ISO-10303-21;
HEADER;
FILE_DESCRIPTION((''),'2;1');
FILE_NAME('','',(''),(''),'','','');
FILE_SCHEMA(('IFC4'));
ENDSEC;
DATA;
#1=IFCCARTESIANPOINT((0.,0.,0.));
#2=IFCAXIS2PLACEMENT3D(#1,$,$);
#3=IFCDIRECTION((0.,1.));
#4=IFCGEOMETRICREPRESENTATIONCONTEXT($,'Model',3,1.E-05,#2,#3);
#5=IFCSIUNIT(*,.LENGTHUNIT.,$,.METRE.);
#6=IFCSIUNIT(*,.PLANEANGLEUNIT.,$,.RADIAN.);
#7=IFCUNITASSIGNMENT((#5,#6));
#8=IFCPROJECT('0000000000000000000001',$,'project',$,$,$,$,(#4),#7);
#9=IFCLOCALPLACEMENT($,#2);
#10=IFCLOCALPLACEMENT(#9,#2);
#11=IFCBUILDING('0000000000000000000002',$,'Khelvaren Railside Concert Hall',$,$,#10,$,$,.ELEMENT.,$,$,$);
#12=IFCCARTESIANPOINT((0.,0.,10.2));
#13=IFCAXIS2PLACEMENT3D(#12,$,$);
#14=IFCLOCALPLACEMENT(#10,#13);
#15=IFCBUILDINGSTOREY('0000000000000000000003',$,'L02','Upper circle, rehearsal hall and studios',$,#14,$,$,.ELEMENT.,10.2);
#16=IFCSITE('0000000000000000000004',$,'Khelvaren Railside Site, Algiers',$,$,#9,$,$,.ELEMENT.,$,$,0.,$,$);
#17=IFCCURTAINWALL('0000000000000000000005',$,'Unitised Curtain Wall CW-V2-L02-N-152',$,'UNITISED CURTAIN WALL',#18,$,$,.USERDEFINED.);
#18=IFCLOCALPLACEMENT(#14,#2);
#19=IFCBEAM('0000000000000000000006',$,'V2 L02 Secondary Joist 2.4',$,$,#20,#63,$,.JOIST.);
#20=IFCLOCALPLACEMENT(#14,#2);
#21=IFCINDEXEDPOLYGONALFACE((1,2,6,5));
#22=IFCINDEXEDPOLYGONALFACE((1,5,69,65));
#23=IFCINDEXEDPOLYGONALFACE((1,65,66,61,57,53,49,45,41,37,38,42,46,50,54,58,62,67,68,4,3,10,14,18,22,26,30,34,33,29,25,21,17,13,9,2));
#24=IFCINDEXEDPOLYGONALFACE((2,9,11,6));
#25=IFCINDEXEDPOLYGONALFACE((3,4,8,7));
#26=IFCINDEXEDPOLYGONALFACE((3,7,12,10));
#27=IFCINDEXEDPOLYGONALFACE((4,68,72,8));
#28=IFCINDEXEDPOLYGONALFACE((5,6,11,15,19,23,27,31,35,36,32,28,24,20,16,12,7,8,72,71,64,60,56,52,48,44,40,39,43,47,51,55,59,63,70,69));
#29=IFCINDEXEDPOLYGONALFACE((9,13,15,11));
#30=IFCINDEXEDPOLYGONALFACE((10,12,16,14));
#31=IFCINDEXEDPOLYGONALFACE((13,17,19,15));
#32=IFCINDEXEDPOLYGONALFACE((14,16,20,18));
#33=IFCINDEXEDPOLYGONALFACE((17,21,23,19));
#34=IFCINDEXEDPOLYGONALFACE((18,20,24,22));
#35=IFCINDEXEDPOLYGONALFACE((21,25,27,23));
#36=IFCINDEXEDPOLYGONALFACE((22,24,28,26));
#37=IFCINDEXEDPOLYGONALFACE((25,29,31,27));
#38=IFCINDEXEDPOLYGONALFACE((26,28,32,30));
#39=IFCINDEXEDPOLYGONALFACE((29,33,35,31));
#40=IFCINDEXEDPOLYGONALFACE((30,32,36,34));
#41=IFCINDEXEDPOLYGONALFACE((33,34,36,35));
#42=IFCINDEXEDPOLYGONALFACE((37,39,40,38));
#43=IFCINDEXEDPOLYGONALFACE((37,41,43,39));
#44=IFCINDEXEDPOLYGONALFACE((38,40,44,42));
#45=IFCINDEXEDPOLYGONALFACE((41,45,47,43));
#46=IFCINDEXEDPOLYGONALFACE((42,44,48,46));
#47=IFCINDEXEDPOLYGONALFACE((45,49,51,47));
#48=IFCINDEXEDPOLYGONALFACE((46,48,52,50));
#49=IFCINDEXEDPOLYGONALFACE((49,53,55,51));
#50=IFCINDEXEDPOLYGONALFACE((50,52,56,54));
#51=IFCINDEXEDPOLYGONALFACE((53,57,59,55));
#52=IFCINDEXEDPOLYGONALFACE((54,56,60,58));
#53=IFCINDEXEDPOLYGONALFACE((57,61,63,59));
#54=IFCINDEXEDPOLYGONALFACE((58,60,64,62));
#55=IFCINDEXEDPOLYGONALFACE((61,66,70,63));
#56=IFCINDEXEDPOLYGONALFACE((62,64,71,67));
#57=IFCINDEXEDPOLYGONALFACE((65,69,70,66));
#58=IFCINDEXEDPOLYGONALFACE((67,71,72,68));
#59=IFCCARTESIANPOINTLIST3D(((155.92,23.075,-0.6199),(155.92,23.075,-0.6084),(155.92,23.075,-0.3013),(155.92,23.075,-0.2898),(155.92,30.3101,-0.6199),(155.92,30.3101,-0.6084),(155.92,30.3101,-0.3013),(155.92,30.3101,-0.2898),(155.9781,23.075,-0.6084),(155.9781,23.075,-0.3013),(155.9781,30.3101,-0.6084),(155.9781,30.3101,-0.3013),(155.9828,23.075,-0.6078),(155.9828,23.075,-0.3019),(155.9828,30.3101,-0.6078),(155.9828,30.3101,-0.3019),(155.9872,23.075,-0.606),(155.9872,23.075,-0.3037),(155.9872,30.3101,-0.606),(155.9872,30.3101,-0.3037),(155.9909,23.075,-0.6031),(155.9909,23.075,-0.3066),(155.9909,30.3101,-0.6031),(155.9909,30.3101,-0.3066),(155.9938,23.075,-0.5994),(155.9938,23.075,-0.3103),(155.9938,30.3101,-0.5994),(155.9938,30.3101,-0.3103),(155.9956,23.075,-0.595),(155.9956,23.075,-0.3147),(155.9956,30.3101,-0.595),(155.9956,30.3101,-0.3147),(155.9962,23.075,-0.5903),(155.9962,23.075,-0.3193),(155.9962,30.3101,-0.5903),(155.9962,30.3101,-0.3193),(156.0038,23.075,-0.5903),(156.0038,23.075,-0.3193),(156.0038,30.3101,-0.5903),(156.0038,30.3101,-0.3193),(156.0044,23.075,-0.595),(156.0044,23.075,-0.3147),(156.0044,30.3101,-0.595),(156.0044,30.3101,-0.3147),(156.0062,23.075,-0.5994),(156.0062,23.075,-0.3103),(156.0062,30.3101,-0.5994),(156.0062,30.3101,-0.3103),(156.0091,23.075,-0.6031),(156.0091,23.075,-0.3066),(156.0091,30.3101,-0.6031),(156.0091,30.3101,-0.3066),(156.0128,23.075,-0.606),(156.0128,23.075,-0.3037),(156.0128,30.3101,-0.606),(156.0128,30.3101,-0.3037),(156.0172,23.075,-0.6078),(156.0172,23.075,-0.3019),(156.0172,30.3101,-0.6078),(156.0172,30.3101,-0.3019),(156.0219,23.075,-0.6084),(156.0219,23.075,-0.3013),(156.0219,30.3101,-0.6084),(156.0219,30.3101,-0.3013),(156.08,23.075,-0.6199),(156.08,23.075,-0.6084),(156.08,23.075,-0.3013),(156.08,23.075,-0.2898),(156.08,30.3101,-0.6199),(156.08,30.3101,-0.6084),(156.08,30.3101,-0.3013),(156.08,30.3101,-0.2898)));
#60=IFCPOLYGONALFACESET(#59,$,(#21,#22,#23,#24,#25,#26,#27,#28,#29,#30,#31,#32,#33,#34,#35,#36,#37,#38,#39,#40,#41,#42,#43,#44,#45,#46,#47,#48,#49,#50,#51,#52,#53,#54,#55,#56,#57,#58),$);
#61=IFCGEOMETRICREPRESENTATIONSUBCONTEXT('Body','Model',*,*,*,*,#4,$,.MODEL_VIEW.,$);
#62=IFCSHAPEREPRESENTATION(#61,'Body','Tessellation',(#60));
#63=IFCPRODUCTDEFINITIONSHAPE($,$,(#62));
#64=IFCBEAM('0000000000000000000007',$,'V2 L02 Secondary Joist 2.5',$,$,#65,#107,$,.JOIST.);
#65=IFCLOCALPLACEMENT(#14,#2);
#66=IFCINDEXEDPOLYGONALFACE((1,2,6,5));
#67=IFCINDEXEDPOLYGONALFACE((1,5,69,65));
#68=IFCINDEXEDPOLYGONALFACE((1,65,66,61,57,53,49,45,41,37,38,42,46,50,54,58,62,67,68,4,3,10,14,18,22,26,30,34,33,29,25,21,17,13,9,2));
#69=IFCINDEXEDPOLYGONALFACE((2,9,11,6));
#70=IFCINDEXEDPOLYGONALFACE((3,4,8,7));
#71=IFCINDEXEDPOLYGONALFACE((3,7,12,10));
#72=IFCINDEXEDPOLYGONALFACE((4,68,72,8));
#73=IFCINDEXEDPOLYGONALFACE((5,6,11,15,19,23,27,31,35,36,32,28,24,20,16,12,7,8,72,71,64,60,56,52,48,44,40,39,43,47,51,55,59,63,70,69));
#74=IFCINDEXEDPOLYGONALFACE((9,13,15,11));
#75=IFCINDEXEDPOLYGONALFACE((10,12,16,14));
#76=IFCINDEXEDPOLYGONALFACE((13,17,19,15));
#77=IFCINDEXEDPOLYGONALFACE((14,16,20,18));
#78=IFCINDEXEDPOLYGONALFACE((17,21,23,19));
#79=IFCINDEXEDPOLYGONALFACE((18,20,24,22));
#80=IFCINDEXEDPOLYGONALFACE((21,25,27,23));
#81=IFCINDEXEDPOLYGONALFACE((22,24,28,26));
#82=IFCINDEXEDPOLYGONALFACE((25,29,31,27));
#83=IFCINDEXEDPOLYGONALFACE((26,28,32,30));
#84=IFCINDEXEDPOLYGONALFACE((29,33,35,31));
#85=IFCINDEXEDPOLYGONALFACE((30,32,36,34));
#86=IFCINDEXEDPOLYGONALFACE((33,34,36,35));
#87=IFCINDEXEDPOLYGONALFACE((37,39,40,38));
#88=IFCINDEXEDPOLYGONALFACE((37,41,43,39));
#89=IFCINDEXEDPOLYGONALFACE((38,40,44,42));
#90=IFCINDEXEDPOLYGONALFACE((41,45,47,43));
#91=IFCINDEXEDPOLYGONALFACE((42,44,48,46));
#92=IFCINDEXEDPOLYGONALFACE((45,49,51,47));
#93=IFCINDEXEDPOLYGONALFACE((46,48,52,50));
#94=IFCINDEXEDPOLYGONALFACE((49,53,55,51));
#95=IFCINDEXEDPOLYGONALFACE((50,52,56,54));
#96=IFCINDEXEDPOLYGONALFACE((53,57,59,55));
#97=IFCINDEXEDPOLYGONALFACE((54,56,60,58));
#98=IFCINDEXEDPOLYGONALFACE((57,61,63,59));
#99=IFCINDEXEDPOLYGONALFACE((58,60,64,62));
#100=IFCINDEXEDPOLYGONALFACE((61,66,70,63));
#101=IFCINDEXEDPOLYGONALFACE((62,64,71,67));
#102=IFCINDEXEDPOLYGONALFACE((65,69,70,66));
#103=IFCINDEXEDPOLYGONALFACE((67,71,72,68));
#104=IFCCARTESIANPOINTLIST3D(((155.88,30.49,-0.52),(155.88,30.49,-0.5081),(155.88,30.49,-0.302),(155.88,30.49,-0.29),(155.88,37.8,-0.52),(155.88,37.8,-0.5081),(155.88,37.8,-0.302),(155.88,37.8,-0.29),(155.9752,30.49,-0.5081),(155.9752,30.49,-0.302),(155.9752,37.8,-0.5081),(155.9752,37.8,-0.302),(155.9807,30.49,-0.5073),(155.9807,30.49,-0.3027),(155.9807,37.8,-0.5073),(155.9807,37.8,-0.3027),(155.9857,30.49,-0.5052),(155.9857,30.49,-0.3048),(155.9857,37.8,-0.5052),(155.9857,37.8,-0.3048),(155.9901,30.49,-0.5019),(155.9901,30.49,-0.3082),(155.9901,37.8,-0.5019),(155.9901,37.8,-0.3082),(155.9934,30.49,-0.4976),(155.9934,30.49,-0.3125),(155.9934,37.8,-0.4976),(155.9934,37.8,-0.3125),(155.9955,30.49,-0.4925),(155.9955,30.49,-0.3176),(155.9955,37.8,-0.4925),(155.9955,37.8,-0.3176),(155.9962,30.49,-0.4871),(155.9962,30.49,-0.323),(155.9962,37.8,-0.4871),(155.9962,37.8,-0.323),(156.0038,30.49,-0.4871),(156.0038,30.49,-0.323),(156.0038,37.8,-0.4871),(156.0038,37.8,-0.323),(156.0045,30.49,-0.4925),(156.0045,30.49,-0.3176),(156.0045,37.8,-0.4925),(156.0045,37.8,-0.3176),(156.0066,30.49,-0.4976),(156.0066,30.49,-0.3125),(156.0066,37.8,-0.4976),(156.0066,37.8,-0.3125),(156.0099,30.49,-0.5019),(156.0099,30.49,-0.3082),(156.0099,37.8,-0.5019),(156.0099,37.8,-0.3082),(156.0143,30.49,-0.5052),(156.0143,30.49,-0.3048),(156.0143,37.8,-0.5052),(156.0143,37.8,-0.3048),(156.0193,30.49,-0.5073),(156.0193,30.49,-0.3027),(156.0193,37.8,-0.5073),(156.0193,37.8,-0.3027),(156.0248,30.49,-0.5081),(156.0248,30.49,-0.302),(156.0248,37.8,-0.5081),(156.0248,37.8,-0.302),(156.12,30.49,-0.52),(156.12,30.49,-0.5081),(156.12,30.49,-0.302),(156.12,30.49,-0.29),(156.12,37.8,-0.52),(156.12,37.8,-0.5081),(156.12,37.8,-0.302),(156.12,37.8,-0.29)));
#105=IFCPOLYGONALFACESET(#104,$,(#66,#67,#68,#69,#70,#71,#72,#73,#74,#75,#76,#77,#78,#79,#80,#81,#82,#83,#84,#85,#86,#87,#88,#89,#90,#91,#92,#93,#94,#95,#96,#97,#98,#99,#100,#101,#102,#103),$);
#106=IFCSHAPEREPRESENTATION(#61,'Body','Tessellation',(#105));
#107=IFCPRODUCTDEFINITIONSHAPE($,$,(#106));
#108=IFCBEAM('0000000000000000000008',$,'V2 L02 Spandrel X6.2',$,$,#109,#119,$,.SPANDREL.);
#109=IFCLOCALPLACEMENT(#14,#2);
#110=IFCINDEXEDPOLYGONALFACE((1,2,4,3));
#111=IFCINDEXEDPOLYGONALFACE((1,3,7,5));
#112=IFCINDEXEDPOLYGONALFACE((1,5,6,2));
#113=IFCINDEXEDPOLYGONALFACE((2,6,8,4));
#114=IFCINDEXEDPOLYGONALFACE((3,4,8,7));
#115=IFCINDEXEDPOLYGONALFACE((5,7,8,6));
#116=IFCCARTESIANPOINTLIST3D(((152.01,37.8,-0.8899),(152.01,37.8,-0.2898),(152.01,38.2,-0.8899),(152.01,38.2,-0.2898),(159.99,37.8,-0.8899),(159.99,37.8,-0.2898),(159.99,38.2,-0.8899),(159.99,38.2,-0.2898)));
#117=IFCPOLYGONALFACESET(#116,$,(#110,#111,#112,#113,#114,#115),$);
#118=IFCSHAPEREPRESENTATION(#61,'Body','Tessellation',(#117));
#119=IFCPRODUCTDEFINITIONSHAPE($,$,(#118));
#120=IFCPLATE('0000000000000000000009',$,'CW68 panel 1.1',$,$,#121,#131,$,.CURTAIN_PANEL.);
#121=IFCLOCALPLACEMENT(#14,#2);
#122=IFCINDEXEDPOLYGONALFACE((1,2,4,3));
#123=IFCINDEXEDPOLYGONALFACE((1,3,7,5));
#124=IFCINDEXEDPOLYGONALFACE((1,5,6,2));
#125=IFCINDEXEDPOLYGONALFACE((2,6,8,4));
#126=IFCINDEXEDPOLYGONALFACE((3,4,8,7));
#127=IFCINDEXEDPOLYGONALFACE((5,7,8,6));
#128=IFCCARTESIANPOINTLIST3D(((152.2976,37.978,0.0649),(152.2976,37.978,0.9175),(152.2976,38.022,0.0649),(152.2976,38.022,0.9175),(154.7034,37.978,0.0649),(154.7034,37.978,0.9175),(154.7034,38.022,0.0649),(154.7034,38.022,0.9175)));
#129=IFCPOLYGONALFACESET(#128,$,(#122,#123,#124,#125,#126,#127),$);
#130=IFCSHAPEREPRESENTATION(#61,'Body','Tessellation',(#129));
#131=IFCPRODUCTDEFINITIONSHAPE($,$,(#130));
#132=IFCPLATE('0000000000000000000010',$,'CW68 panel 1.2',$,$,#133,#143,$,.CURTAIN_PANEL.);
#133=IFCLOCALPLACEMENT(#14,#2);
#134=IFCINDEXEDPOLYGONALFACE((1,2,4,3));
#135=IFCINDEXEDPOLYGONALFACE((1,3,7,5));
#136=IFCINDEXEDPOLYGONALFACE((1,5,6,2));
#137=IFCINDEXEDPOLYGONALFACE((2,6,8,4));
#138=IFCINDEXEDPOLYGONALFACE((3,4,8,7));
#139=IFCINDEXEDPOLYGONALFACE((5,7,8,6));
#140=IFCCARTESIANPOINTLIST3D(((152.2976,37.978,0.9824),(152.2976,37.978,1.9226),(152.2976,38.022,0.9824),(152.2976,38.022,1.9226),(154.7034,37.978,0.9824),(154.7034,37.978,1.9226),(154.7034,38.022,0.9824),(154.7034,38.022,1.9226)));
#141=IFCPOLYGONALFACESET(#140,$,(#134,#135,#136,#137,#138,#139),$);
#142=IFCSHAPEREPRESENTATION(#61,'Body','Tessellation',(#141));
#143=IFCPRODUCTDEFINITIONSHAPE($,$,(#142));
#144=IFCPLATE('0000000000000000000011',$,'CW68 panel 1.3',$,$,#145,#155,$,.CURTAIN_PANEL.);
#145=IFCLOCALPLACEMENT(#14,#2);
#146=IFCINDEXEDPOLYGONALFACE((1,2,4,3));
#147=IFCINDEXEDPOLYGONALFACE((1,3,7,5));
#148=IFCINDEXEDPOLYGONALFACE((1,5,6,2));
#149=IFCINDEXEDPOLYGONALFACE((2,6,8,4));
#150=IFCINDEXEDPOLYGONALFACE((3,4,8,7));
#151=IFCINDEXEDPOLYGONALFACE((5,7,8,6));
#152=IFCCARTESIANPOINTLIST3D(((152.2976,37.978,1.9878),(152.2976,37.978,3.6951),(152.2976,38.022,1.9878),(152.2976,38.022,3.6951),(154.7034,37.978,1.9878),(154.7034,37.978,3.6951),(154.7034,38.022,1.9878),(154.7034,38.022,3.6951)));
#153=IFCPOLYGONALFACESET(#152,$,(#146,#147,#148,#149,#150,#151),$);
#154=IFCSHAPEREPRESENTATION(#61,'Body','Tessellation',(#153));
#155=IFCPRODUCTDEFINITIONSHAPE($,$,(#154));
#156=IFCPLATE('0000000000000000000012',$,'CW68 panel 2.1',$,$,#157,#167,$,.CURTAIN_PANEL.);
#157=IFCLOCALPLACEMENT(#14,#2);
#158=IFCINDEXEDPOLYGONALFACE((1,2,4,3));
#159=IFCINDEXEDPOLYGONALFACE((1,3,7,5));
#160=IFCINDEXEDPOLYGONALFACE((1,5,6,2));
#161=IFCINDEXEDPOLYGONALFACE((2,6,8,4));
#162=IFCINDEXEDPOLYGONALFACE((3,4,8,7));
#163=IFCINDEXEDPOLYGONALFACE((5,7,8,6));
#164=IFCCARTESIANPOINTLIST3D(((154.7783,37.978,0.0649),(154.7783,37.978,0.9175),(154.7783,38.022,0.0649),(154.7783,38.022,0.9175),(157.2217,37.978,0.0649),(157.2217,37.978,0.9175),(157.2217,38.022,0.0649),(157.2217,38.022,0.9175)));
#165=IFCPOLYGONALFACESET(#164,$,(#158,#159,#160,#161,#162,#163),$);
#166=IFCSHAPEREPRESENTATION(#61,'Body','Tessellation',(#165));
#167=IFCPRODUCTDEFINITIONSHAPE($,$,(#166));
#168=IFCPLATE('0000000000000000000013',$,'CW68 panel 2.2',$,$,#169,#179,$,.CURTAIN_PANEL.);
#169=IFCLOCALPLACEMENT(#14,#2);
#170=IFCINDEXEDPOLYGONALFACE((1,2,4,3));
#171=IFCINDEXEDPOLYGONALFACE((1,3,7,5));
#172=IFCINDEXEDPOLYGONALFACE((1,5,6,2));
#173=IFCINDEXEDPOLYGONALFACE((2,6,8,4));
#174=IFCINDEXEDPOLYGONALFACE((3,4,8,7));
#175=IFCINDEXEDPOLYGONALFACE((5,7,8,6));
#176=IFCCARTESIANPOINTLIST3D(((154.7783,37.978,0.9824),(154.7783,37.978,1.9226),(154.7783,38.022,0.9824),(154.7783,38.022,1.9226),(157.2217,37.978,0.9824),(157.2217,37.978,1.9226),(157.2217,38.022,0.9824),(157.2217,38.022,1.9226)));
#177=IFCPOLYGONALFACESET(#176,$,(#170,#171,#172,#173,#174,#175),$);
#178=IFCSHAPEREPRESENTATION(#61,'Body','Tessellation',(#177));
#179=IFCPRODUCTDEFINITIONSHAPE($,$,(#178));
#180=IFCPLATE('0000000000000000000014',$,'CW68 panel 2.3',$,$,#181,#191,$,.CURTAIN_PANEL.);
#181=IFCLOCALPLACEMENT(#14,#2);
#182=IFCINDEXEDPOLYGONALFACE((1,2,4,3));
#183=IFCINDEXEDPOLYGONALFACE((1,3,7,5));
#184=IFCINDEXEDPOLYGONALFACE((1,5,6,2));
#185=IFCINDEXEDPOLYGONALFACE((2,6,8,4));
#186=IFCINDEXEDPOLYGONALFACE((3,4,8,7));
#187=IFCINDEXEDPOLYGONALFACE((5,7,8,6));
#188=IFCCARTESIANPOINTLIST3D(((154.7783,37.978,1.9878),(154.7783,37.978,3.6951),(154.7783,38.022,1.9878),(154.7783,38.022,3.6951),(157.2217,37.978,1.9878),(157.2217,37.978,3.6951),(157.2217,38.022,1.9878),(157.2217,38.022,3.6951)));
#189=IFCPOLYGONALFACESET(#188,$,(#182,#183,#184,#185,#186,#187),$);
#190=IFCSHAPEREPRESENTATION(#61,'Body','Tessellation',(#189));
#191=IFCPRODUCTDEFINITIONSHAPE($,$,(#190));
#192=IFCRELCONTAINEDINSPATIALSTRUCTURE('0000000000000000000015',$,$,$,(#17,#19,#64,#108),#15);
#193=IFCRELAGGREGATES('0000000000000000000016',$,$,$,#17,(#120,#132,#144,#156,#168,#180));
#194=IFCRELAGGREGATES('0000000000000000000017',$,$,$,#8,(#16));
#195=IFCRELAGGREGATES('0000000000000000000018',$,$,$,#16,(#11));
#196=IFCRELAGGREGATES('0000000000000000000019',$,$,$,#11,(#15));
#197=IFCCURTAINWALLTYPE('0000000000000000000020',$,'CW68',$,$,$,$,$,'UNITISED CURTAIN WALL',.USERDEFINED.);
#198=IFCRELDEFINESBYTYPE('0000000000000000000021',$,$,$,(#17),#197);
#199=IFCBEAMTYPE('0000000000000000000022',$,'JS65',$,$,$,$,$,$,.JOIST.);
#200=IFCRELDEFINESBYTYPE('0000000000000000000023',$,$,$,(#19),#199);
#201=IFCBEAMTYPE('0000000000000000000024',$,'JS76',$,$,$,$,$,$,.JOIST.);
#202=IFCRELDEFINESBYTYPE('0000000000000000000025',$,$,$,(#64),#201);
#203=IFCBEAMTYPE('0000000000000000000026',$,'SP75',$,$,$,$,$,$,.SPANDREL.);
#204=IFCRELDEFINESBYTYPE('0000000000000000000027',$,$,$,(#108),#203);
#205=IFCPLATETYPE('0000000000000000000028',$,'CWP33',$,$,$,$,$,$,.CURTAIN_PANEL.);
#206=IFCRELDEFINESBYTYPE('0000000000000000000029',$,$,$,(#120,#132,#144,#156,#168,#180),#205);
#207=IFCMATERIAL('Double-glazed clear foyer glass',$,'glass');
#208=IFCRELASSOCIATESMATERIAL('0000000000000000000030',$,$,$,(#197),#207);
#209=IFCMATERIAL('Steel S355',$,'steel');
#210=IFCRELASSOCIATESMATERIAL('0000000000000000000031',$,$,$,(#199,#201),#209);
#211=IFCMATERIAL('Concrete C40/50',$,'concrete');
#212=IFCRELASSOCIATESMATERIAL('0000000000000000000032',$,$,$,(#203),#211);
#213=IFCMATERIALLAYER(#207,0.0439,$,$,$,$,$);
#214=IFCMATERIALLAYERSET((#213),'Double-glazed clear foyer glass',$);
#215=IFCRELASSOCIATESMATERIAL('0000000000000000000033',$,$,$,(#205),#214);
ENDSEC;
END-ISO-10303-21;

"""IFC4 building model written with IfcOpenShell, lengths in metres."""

from ifc_helpers import new_model, si_unit, direction, frame, origin, origin_2d, place, context, subcontext, project, spatial, rectangle, i_section, extrude, material, layer, layer_set, material_profile, profile_set, type_object, element, aggregate, save


model = new_model("IFC4")

# Units and contexts
model_context = context("Model", 3, precision=1e-05, world=origin(), true_north=direction((0.0, 1.0)))
body_context = subcontext(model_context, "Body", "Model", "MODEL_VIEW")
ifc_project = project(units=[si_unit("LENGTHUNIT", "METRE"), si_unit("PLANEANGLEUNIT", "RADIAN")], contexts=[model_context])

# Site, building, storey
site_placement = place(None, origin())
site = spatial("IfcSite", under=ifc_project, at=site_placement, Name="Khelvaren Railside Site, Algiers", CompositionType="ELEMENT", RefElevation=0.0)
building_placement = place(site_placement, origin())
building = spatial("IfcBuilding", under=site, at=building_placement, Name="Khelvaren Railside Concert Hall", CompositionType="ELEMENT")
storey_placement = place(building_placement, frame((0.0, 0.0, 10.2)))
storey = spatial("IfcBuildingStorey", under=building, at=storey_placement, Name="L02", Description="Upper circle, rehearsal hall and studios", CompositionType="ELEMENT", Elevation=10.2)

# Shared definitions
ifc_material_1 = material(Name="Steel S355", Category="steel")

# Curtain wall
ifc_material_2 = material(Name="Double-glazed clear foyer glass", Category="glass")
curtain_wall_type = type_object("IfcCurtainWallType", Name="CW68", ElementType="UNITISED CURTAIN WALL", PredefinedType="USERDEFINED", material=ifc_material_2)
curtain_wall_placement = place(storey_placement, origin())
curtain_wall = element("IfcCurtainWall", 1, at=curtain_wall_placement, inside=storey, type_object=curtain_wall_type, Name="Unitised Curtain Wall CW-V2-L02-N-152", ObjectType="UNITISED CURTAIN WALL", PredefinedType="USERDEFINED")

# Beams
ifc_material_3 = material(Name="Concrete C40/50", Category="concrete")
ifc_material_profile_1 = material_profile(ifc_material_1, i_section(OverallWidth=0.1599, OverallDepth=0.3301, WebThickness=0.0076, FlangeThickness=0.0115, FilletRadius=0.0181, at=origin_2d()), Name="IPE 330")
ifc_profile_set_1 = profile_set([ifc_material_profile_1], Name="Steel S355")
beam_type_1 = type_object("IfcBeamType", Name="JS65", PredefinedType="JOIST", material=ifc_profile_set_1)
beam_1_placement = place(storey_placement, frame((156.0, 23.075, -0.4548), z_axis=(0.0, 1.0, 0.0), x_axis=(-1.0, 0.0, 0.0)))
element("IfcBeam", 2, at=beam_1_placement, inside=storey, type_object=beam_type_1, Name="V2 L02 Secondary Joist 2.4", PredefinedType="JOIST", context=body_context, shape_type="SweptSolid", body=[
    extrude(i_section(OverallWidth=0.1599, OverallDepth=0.3301, WebThickness=0.0076, FlangeThickness=0.0115, FilletRadius=0.0181, at=origin_2d()), origin(), (0.0, 0.0, 1.0), 7.2351),
])
ifc_material_profile_2 = material_profile(ifc_material_1, i_section(OverallWidth=0.24, OverallDepth=0.23, WebThickness=0.0076, FlangeThickness=0.012, FilletRadius=0.021, at=origin_2d()), Name="HEA 240")
ifc_profile_set_2 = profile_set([ifc_material_profile_2], Name="Steel S355")
beam_type_2 = type_object("IfcBeamType", Name="JS76", PredefinedType="JOIST", material=ifc_profile_set_2)
beam_2_placement = place(storey_placement, frame((156.0, 30.49, -0.405), z_axis=(0.0, 1.0, 0.0), x_axis=(-1.0, 0.0, 0.0)))
element("IfcBeam", 3, at=beam_2_placement, inside=storey, type_object=beam_type_2, Name="V2 L02 Secondary Joist 2.5", PredefinedType="JOIST", context=body_context, shape_type="SweptSolid", body=[
    extrude(i_section(OverallWidth=0.24, OverallDepth=0.23, WebThickness=0.0076, FlangeThickness=0.012, FilletRadius=0.021, at=origin_2d()), origin(), (0.0, 0.0, 1.0), 7.3101),
])
ifc_material_profile_3 = material_profile(ifc_material_3, rectangle(XDim=0.3999, YDim=0.6001, at=origin_2d()), Name="RCB 400x600")
ifc_profile_set_3 = profile_set([ifc_material_profile_3], Name="Concrete C40/50")
beam_type_3 = type_object("IfcBeamType", Name="SP75", PredefinedType="SPANDREL", material=ifc_profile_set_3)
beam_3_placement = place(storey_placement, frame((152.01, 38.0, -0.5898), z_axis=(1.0, 0.0, 0.0), x_axis=(0.0, 1.0, 0.0)))
element("IfcBeam", 4, at=beam_3_placement, inside=storey, type_object=beam_type_3, Name="V2 L02 Spandrel X6.2", PredefinedType="SPANDREL", context=body_context, shape_type="SweptSolid", body=[
    extrude(rectangle(XDim=0.3999, YDim=0.6001, at=origin_2d()), origin(), (0.0, 0.0, 1.0), 7.98),
])

# Plates
ifc_layer_1 = layer(ifc_material_2, 0.0439)
ifc_layer_set_1 = layer_set([ifc_layer_1], Name="Double-glazed clear foyer glass")
plate_type = type_object("IfcPlateType", Name="CWP33", PredefinedType="CURTAIN_PANEL", material=ifc_layer_set_1)
plate_1_placement = place(storey_placement, frame((153.5005, 38.0, 0.0649), z_axis=(0.0, 0.0, 1.0), x_axis=(1.0, 0.0, 0.0)))
plate_1 = element("IfcPlate", 5, at=plate_1_placement, type_object=plate_type, Name="CW68 panel 1.1", PredefinedType="CURTAIN_PANEL", context=body_context, shape_type="SweptSolid", body=[
    extrude(rectangle(XDim=2.4058, YDim=0.0439, at=origin_2d()), origin(), (0.0, 0.0, 1.0), 0.8525),
])
plate_2_placement = place(storey_placement, frame((153.5005, 38.0, 0.9824), z_axis=(0.0, 0.0, 1.0), x_axis=(1.0, 0.0, 0.0)))
plate_2 = element("IfcPlate", 6, at=plate_2_placement, type_object=plate_type, Name="CW68 panel 1.2", PredefinedType="CURTAIN_PANEL", context=body_context, shape_type="SweptSolid", body=[
    extrude(rectangle(XDim=2.4058, YDim=0.0439, at=origin_2d()), origin(), (0.0, 0.0, 1.0), 0.9402),
])
plate_3_placement = place(storey_placement, frame((153.5005, 38.0, 1.9878), z_axis=(0.0, 0.0, 1.0), x_axis=(1.0, 0.0, 0.0)))
plate_3 = element("IfcPlate", 7, at=plate_3_placement, type_object=plate_type, Name="CW68 panel 1.3", PredefinedType="CURTAIN_PANEL", context=body_context, shape_type="SweptSolid", body=[
    extrude(rectangle(XDim=2.4058, YDim=0.0439, at=origin_2d()), origin(), (0.0, 0.0, 1.0), 1.7073),
])
plate_4_placement = place(storey_placement, frame((156.0, 38.0, 0.0649), z_axis=(0.0, 0.0, 1.0), x_axis=(1.0, 0.0, 0.0)))
plate_4 = element("IfcPlate", 8, at=plate_4_placement, type_object=plate_type, Name="CW68 panel 2.1", PredefinedType="CURTAIN_PANEL", context=body_context, shape_type="SweptSolid", body=[
    extrude(rectangle(XDim=2.4434, YDim=0.0439, at=origin_2d()), origin(), (0.0, 0.0, 1.0), 0.8525),
])
plate_5_placement = place(storey_placement, frame((156.0, 38.0, 0.9824), z_axis=(0.0, 0.0, 1.0), x_axis=(1.0, 0.0, 0.0)))
plate_5 = element("IfcPlate", 9, at=plate_5_placement, type_object=plate_type, Name="CW68 panel 2.2", PredefinedType="CURTAIN_PANEL", context=body_context, shape_type="SweptSolid", body=[
    extrude(rectangle(XDim=2.4434, YDim=0.0439, at=origin_2d()), origin(), (0.0, 0.0, 1.0), 0.9402),
])
plate_6_placement = place(storey_placement, frame((156.0, 38.0, 1.9878), z_axis=(0.0, 0.0, 1.0), x_axis=(1.0, 0.0, 0.0)))
plate_6 = element("IfcPlate", 10, at=plate_6_placement, type_object=plate_type, Name="CW68 panel 2.3", PredefinedType="CURTAIN_PANEL", context=body_context, shape_type="SweptSolid", body=[
    extrude(rectangle(XDim=2.4434, YDim=0.0439, at=origin_2d()), origin(), (0.0, 0.0, 1.0), 1.7073),
])
aggregate(curtain_wall, [plate_1, plate_2, plate_3, plate_4, plate_5, plate_6])

save(model, "model.ifc")
